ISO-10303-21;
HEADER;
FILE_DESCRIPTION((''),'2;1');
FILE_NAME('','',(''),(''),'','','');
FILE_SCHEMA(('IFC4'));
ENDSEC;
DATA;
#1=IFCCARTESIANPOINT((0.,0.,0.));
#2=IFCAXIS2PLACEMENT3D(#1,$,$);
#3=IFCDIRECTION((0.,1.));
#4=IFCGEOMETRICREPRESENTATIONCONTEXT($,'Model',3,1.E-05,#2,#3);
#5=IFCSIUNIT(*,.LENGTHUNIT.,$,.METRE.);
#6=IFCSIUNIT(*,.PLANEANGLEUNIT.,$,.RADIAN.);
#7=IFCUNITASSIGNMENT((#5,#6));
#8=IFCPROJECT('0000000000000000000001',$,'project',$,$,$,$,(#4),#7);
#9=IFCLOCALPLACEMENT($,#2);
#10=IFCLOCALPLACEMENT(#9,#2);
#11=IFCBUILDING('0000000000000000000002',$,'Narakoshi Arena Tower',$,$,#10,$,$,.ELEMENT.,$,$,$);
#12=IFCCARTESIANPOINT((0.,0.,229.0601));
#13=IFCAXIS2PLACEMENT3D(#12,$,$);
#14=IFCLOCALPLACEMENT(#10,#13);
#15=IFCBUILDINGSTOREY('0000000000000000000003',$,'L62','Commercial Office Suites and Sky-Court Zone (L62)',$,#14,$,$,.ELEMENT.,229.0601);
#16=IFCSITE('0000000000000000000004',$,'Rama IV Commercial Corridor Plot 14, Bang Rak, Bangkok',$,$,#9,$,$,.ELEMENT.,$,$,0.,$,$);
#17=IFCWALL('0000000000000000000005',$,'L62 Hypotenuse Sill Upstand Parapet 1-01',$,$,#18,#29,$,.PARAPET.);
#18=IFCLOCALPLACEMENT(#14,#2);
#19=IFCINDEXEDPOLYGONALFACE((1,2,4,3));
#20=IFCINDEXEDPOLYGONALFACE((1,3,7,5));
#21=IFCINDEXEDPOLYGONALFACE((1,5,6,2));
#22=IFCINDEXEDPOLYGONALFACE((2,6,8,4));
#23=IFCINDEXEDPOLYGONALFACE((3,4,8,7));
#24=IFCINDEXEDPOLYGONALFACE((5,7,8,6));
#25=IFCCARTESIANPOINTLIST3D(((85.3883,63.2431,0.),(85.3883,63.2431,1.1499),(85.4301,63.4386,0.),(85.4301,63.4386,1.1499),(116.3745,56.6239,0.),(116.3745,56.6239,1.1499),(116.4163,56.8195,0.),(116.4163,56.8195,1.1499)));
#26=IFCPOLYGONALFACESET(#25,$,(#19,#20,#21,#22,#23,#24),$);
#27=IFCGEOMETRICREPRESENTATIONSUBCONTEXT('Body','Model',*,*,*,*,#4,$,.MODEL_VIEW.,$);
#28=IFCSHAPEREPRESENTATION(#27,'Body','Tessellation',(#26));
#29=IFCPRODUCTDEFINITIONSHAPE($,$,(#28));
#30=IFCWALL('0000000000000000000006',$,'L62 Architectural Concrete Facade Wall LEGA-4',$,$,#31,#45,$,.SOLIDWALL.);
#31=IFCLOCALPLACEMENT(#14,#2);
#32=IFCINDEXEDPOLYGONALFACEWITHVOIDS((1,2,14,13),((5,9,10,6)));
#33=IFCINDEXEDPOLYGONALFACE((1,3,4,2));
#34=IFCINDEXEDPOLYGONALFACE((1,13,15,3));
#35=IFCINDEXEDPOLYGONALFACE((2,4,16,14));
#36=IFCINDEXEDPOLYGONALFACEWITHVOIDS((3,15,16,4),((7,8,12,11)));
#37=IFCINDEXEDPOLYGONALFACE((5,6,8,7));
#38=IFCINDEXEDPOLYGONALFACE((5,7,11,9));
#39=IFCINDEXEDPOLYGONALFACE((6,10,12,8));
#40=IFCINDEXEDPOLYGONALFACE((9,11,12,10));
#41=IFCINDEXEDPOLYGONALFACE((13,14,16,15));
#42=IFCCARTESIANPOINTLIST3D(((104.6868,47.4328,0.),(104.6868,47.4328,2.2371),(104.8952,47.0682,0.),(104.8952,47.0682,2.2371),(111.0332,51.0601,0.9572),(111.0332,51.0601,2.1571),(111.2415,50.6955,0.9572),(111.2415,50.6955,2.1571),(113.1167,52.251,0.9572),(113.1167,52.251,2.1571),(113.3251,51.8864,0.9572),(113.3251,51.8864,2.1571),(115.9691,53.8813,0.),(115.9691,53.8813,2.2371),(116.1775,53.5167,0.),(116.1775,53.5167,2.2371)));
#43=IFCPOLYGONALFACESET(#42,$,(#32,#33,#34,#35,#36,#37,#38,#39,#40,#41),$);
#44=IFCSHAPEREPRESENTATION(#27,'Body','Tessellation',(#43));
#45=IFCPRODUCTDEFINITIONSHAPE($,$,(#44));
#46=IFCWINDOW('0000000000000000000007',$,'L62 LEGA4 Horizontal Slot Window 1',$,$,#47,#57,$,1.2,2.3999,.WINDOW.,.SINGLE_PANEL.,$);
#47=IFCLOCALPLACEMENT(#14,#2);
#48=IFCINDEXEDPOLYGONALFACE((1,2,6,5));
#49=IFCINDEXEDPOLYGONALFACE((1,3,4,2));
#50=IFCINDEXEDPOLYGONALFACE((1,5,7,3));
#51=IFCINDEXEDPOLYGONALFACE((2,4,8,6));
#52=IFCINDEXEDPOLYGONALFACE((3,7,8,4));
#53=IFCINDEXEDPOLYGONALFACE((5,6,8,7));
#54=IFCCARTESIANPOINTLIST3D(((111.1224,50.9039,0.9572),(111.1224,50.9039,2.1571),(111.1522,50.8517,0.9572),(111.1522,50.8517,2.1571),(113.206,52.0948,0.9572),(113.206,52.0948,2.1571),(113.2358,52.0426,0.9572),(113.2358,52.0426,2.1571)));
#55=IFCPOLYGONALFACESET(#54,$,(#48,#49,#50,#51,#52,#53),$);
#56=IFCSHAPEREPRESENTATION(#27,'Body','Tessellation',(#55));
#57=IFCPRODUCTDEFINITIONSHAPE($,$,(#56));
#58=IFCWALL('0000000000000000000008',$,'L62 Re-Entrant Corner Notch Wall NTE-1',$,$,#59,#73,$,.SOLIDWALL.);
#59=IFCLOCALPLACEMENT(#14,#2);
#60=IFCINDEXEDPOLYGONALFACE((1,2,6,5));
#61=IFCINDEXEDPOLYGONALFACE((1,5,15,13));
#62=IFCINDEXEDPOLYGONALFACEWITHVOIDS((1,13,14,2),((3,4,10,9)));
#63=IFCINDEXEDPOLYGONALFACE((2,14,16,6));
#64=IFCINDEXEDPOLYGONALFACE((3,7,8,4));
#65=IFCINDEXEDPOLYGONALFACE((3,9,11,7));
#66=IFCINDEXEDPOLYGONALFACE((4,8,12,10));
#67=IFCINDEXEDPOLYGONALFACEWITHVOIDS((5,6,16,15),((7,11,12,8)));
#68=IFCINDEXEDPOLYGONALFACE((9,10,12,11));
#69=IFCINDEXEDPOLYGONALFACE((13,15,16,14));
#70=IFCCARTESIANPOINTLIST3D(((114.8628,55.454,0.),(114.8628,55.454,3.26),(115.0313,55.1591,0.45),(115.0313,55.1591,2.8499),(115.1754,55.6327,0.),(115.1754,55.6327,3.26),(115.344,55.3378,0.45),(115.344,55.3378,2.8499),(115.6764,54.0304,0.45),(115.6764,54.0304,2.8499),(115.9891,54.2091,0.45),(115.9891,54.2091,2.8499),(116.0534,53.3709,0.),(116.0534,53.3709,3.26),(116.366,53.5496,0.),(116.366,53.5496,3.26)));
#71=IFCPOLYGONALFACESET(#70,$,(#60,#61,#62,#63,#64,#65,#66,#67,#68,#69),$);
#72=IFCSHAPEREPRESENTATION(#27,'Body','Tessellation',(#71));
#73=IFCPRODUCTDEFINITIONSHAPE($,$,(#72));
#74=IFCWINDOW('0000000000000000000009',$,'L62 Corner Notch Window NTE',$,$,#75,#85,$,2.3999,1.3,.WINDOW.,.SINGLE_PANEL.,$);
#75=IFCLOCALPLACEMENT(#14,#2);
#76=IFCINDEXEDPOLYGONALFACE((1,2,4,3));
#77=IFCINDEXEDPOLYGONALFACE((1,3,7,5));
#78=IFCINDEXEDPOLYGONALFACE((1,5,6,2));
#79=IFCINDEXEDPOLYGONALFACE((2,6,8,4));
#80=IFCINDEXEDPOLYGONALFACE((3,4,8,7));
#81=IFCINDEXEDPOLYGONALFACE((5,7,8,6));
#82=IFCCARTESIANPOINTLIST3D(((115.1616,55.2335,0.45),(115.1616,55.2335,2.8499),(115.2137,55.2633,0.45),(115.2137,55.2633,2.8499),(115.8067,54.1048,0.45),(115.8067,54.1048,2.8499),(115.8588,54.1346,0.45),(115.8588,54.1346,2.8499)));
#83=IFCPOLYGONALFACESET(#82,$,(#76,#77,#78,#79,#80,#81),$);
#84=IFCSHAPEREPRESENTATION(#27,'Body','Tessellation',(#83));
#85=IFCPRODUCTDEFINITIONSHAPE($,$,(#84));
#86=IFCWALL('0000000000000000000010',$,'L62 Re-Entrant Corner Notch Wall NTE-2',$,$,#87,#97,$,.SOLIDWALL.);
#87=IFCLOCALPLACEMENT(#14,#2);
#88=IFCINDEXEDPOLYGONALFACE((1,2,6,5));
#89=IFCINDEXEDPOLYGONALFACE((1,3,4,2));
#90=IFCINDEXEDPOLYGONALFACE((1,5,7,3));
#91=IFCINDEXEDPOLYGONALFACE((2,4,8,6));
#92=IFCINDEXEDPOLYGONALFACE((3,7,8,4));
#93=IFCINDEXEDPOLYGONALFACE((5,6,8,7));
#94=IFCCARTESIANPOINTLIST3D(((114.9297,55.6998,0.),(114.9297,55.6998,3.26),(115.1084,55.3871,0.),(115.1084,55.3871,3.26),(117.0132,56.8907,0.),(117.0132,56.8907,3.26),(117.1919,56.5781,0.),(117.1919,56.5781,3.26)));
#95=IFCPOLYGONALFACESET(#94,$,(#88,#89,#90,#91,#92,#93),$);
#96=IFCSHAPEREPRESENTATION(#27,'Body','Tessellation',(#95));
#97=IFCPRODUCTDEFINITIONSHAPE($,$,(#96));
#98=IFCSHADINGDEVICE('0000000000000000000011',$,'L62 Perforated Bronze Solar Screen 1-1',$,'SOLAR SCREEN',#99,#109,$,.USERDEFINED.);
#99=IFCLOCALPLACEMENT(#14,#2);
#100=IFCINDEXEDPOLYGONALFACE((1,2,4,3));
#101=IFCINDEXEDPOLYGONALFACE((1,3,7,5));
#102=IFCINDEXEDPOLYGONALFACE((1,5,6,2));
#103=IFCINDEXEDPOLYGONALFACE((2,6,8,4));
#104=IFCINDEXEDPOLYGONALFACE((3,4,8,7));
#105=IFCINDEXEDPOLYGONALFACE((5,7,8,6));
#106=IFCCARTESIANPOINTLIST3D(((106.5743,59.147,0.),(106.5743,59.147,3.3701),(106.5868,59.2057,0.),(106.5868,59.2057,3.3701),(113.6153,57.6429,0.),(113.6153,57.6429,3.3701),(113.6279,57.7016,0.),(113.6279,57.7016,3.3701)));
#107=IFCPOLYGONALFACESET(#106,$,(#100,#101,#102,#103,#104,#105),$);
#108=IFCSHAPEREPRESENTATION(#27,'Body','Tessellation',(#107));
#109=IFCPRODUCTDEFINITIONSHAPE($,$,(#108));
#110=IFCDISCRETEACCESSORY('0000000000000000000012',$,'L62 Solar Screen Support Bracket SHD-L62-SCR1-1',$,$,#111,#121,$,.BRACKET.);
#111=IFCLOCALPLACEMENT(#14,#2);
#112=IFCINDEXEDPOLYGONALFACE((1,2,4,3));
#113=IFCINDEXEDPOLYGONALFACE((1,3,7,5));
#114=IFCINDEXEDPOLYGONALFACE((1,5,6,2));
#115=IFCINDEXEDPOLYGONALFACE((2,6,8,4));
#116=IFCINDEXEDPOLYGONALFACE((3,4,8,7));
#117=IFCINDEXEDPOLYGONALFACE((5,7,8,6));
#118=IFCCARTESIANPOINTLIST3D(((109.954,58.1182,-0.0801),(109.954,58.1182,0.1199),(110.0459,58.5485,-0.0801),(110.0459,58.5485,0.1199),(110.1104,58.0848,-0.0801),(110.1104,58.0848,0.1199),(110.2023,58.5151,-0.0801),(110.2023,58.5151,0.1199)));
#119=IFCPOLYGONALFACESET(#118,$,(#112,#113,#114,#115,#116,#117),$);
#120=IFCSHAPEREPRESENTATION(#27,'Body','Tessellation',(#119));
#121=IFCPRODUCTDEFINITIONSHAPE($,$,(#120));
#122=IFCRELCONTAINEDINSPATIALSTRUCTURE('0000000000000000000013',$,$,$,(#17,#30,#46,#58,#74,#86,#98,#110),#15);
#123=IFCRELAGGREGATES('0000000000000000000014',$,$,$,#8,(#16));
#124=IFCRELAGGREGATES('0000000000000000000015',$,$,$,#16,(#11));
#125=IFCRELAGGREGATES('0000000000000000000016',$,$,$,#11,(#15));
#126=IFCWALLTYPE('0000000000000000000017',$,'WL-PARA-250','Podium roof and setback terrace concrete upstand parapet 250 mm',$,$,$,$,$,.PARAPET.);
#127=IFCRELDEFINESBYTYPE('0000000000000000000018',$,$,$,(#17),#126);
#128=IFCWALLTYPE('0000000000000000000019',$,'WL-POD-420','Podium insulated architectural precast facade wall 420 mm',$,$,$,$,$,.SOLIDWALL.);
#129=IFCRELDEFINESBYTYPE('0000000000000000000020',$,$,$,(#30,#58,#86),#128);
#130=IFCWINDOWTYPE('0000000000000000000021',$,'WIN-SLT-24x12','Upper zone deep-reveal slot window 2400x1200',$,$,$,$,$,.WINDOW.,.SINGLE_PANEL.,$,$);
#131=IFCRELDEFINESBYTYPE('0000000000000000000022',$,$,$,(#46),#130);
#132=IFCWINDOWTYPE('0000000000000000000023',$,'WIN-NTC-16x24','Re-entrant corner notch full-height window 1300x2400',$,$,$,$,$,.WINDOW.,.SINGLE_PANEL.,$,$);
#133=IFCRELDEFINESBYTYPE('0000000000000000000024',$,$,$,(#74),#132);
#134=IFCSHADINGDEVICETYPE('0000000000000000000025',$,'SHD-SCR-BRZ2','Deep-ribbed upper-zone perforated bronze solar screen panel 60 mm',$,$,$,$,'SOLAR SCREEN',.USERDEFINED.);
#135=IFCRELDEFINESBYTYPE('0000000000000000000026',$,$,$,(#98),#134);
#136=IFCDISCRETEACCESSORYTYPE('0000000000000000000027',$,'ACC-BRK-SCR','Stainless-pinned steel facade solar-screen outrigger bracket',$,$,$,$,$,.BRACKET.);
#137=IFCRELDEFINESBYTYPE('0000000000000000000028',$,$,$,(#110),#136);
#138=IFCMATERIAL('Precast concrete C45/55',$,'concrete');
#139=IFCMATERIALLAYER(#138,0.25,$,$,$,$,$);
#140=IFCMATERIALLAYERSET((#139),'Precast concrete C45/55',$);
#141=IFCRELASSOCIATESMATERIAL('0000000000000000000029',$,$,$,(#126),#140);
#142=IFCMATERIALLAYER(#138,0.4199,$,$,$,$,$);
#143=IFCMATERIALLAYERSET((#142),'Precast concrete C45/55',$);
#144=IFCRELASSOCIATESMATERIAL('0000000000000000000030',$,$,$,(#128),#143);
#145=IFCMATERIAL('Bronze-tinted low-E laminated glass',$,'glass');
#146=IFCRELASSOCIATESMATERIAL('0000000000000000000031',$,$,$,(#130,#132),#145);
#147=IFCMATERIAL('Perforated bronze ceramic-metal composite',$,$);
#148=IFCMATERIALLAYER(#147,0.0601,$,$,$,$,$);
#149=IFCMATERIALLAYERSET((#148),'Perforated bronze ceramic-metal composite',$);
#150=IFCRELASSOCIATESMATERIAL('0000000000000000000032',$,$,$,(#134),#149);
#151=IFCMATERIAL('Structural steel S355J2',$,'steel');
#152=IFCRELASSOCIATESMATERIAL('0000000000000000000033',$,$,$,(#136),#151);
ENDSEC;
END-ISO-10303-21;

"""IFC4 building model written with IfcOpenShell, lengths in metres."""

from ifc_helpers import new_model, si_unit, direction, frame, frame_2d, origin, origin_2d, place, context, subcontext, project, spatial, rectangle, extrude, material, layer, layer_set, type_object, element, fill, save


model = new_model("IFC4")

# Units and contexts
model_context = context("Model", 3, precision=1e-05, world=origin(), true_north=direction((0.0, 1.0)))
body_context = subcontext(model_context, "Body", "Model", "MODEL_VIEW")
ifc_project = project(units=[si_unit("LENGTHUNIT", "METRE"), si_unit("PLANEANGLEUNIT", "RADIAN")], contexts=[model_context])

# Site, building, storey
site_placement = place(None, origin())
site = spatial("IfcSite", under=ifc_project, at=site_placement, Name="Rama IV Commercial Corridor Plot 14, Bang Rak, Bangkok", CompositionType="ELEMENT", RefElevation=0.0)
building_placement = place(site_placement, origin())
building = spatial("IfcBuilding", under=site, at=building_placement, Name="Narakoshi Arena Tower", CompositionType="ELEMENT")
storey_placement = place(building_placement, frame((0.0, 0.0, 229.0601)))
storey = spatial("IfcBuildingStorey", under=building, at=storey_placement, Name="L62", Description="Commercial Office Suites and Sky-Court Zone (L62)", CompositionType="ELEMENT", Elevation=229.0601)

# Shared definitions
ifc_material_1 = material(Name="Bronze-tinted low-E laminated glass", Category="glass")

# Wall
ifc_material_2 = material(Name="Precast concrete C45/55", Category="concrete")
ifc_layer_1 = layer(ifc_material_2, 0.25)
ifc_layer_set_1 = layer_set([ifc_layer_1], Name="Precast concrete C45/55")
wall_type_1 = type_object("IfcWallType", Name="WL-PARA-250", Description="Podium roof and setback terrace concrete upstand parapet 250 mm", PredefinedType="PARAPET", material=ifc_layer_set_1)
wall_1_placement = place(storey_placement, frame((116.3955, 56.7217, 0.0), z_axis=(0.0, 0.0, 1.0), x_axis=(-0.977937, 0.208902, 0.0)))
element("IfcWall", 1, at=wall_1_placement, inside=storey, type_object=wall_type_1, Name="L62 Hypotenuse Sill Upstand Parapet 1-01", PredefinedType="PARAPET", context=body_context, shape_type="SweptSolid", body=[
    extrude(rectangle(XDim=31.6853, YDim=0.2, at=frame_2d((15.8428, 0.0))), origin(), (0.0, 0.0, 1.0), 1.1499),
])

# Walls, openings, windows
ifc_layer_2 = layer(ifc_material_2, 0.4199)
ifc_layer_set_2 = layer_set([ifc_layer_2], Name="Precast concrete C45/55")
wall_type_2 = type_object("IfcWallType", Name="WL-POD-420", Description="Podium insulated architectural precast facade wall 420 mm", PredefinedType="SOLIDWALL", material=ifc_layer_set_2)
wall_2_placement = place(storey_placement, frame((104.791, 47.2505, 0.0), z_axis=(0.0, 0.0, 1.0), x_axis=(0.868193, 0.496226, 0.0)))
wall_2 = element("IfcWall", 2, at=wall_2_placement, inside=storey, type_object=wall_type_2, Name="L62 Architectural Concrete Facade Wall LEGA-4", PredefinedType="SOLIDWALL", context=body_context, shape_type="SweptSolid", body=[
    extrude(rectangle(XDim=12.9951, YDim=0.4199, at=frame_2d((6.4976, 0.0))), origin(), (0.0, 0.0, 1.0), 2.2371),
])
opening_1_placement = place(wall_2_placement, frame((7.3098, 0.0, 0.957)))
opening_1 = element("IfcOpeningElement", 3, at=opening_1_placement, cuts=wall_2, PredefinedType="OPENING", context=body_context, shape_type="SweptSolid", body=[
    extrude(rectangle(XDim=2.3999, YDim=1.2, at=frame_2d((1.2, 0.6001))), frame((0.0, 0.22, 0.0), z_axis=(0.0, -1.0, 0.0), x_axis=(1.0, 0.0, 0.0)), (0.0, 0.0, 1.0), 0.4399),
])
window_type_1 = type_object("IfcWindowType", Name="WIN-SLT-24x12", Description="Upper zone deep-reveal slot window 2400x1200", PartitioningType="SINGLE_PANEL", PredefinedType="WINDOW", material=ifc_material_1)
window_1_placement = place(opening_1_placement, origin())
window_1 = element("IfcWindow", 4, at=window_1_placement, inside=storey, type_object=window_type_1, Name="L62 LEGA4 Horizontal Slot Window 1", OverallHeight=1.2, OverallWidth=2.3999, PartitioningType="SINGLE_PANEL", PredefinedType="WINDOW", context=body_context, shape_type="SweptSolid", body=[
    extrude(rectangle(XDim=2.3999, YDim=1.2, at=frame_2d((1.2, 0.6001))), frame((0.0, 0.03, 0.0), z_axis=(0.0, -1.0, 0.0), x_axis=(1.0, 0.0, 0.0)), (0.0, 0.0, 1.0), 0.0601),
])
fill(opening_1, window_1)
wall_3_placement = place(storey_placement, frame((116.2097, 53.4602, 0.0), z_axis=(0.0, 0.0, 1.0), x_axis=(-0.496216, 0.868199, 0.0)))
wall_3 = element("IfcWall", 5, at=wall_3_placement, inside=storey, type_object=wall_type_2, Name="L62 Re-Entrant Corner Notch Wall NTE-1", PredefinedType="SOLIDWALL", context=body_context, shape_type="SweptSolid", body=[
    extrude(rectangle(XDim=2.3994, YDim=0.3601, at=frame_2d((1.1997, 0.0))), origin(), (0.0, 0.0, 1.0), 3.26),
])
opening_2_placement = place(wall_3_placement, frame((0.7598, 0.0, 0.45)))
opening_2 = element("IfcOpeningElement", 6, at=opening_2_placement, cuts=wall_3, PredefinedType="OPENING", context=body_context, shape_type="SweptSolid", body=[
    extrude(rectangle(XDim=1.3, YDim=2.3999, at=frame_2d((0.6499, 1.2))), frame((0.0, 0.1899, 0.0), z_axis=(0.0, -1.0, 0.0), x_axis=(1.0, 0.0, 0.0)), (0.0, 0.0, 1.0), 0.3801),
])
window_type_2 = type_object("IfcWindowType", Name="WIN-NTC-16x24", Description="Re-entrant corner notch full-height window 1300x2400", PartitioningType="SINGLE_PANEL", PredefinedType="WINDOW", material=ifc_material_1)
window_2_placement = place(opening_2_placement, origin())
window_2 = element("IfcWindow", 7, at=window_2_placement, inside=storey, type_object=window_type_2, Name="L62 Corner Notch Window NTE", OverallHeight=2.3999, OverallWidth=1.3, PartitioningType="SINGLE_PANEL", PredefinedType="WINDOW", context=body_context, shape_type="SweptSolid", body=[
    extrude(rectangle(XDim=1.3, YDim=2.3999, at=frame_2d((0.6499, 1.2))), frame((0.0, 0.03, 0.0), z_axis=(0.0, -1.0, 0.0), x_axis=(1.0, 0.0, 0.0)), (0.0, 0.0, 1.0), 0.0601),
])
fill(opening_2, window_2)

# Wall
wall_4_placement = place(storey_placement, frame((115.019, 55.5435, 0.0), z_axis=(0.0, 0.0, 1.0), x_axis=(0.868181, 0.496248, 0.0)))
element("IfcWall", 8, at=wall_4_placement, inside=storey, type_object=wall_type_2, Name="L62 Re-Entrant Corner Notch Wall NTE-2", PredefinedType="SOLIDWALL", context=body_context, shape_type="SweptSolid", body=[
    extrude(rectangle(XDim=2.3999, YDim=0.3601, at=frame_2d((1.2, 0.0))), origin(), (0.0, 0.0, 1.0), 3.26),
])

# Shading device
ifc_material_3 = material(Name="Perforated bronze ceramic-metal composite")
ifc_layer_3 = layer(ifc_material_3, 0.0601)
ifc_layer_set_3 = layer_set([ifc_layer_3], Name="Perforated bronze ceramic-metal composite")
shading_device_type = type_object("IfcShadingDeviceType", Name="SHD-SCR-BRZ2", Description="Deep-ribbed upper-zone perforated bronze solar screen panel 60 mm", ElementType="SOLAR SCREEN", PredefinedType="USERDEFINED", material=ifc_layer_set_3)
shading_device_placement = place(storey_placement, frame((110.1011, 58.4243, 0.0), z_axis=(0.0, 0.0, 1.0), x_axis=(-0.977937, 0.208902, 0.0)))
element("IfcShadingDevice", 9, at=shading_device_placement, inside=storey, type_object=shading_device_type, Name="L62 Perforated Bronze Solar Screen 1-1", ObjectType="SOLAR SCREEN", PredefinedType="USERDEFINED", context=body_context, shape_type="SweptSolid", body=[
    extrude(rectangle(XDim=7.2, YDim=0.0601, at=origin_2d()), origin(), (0.0, 0.0, 1.0), 3.3701),
])

# Discrete accessory
ifc_material_4 = material(Name="Structural steel S355J2", Category="steel")
discrete_accessory_type = type_object("IfcDiscreteAccessoryType", Name="ACC-BRK-SCR", Description="Stainless-pinned steel facade solar-screen outrigger bracket", PredefinedType="BRACKET", material=ifc_material_4)
discrete_accessory_placement = place(storey_placement, frame((110.0781, 58.3167, -0.0801), z_axis=(0.0, 0.0, 1.0), x_axis=(-0.977937, 0.208902, 0.0)))
element("IfcDiscreteAccessory", 10, at=discrete_accessory_placement, inside=storey, type_object=discrete_accessory_type, Name="L62 Solar Screen Support Bracket SHD-L62-SCR1-1", PredefinedType="BRACKET", context=body_context, shape_type="SweptSolid", body=[
    extrude(rectangle(XDim=0.1599, YDim=0.4399, at=origin_2d()), origin(), (0.0, 0.0, 1.0), 0.2),
])

save(model, "model.ifc")
